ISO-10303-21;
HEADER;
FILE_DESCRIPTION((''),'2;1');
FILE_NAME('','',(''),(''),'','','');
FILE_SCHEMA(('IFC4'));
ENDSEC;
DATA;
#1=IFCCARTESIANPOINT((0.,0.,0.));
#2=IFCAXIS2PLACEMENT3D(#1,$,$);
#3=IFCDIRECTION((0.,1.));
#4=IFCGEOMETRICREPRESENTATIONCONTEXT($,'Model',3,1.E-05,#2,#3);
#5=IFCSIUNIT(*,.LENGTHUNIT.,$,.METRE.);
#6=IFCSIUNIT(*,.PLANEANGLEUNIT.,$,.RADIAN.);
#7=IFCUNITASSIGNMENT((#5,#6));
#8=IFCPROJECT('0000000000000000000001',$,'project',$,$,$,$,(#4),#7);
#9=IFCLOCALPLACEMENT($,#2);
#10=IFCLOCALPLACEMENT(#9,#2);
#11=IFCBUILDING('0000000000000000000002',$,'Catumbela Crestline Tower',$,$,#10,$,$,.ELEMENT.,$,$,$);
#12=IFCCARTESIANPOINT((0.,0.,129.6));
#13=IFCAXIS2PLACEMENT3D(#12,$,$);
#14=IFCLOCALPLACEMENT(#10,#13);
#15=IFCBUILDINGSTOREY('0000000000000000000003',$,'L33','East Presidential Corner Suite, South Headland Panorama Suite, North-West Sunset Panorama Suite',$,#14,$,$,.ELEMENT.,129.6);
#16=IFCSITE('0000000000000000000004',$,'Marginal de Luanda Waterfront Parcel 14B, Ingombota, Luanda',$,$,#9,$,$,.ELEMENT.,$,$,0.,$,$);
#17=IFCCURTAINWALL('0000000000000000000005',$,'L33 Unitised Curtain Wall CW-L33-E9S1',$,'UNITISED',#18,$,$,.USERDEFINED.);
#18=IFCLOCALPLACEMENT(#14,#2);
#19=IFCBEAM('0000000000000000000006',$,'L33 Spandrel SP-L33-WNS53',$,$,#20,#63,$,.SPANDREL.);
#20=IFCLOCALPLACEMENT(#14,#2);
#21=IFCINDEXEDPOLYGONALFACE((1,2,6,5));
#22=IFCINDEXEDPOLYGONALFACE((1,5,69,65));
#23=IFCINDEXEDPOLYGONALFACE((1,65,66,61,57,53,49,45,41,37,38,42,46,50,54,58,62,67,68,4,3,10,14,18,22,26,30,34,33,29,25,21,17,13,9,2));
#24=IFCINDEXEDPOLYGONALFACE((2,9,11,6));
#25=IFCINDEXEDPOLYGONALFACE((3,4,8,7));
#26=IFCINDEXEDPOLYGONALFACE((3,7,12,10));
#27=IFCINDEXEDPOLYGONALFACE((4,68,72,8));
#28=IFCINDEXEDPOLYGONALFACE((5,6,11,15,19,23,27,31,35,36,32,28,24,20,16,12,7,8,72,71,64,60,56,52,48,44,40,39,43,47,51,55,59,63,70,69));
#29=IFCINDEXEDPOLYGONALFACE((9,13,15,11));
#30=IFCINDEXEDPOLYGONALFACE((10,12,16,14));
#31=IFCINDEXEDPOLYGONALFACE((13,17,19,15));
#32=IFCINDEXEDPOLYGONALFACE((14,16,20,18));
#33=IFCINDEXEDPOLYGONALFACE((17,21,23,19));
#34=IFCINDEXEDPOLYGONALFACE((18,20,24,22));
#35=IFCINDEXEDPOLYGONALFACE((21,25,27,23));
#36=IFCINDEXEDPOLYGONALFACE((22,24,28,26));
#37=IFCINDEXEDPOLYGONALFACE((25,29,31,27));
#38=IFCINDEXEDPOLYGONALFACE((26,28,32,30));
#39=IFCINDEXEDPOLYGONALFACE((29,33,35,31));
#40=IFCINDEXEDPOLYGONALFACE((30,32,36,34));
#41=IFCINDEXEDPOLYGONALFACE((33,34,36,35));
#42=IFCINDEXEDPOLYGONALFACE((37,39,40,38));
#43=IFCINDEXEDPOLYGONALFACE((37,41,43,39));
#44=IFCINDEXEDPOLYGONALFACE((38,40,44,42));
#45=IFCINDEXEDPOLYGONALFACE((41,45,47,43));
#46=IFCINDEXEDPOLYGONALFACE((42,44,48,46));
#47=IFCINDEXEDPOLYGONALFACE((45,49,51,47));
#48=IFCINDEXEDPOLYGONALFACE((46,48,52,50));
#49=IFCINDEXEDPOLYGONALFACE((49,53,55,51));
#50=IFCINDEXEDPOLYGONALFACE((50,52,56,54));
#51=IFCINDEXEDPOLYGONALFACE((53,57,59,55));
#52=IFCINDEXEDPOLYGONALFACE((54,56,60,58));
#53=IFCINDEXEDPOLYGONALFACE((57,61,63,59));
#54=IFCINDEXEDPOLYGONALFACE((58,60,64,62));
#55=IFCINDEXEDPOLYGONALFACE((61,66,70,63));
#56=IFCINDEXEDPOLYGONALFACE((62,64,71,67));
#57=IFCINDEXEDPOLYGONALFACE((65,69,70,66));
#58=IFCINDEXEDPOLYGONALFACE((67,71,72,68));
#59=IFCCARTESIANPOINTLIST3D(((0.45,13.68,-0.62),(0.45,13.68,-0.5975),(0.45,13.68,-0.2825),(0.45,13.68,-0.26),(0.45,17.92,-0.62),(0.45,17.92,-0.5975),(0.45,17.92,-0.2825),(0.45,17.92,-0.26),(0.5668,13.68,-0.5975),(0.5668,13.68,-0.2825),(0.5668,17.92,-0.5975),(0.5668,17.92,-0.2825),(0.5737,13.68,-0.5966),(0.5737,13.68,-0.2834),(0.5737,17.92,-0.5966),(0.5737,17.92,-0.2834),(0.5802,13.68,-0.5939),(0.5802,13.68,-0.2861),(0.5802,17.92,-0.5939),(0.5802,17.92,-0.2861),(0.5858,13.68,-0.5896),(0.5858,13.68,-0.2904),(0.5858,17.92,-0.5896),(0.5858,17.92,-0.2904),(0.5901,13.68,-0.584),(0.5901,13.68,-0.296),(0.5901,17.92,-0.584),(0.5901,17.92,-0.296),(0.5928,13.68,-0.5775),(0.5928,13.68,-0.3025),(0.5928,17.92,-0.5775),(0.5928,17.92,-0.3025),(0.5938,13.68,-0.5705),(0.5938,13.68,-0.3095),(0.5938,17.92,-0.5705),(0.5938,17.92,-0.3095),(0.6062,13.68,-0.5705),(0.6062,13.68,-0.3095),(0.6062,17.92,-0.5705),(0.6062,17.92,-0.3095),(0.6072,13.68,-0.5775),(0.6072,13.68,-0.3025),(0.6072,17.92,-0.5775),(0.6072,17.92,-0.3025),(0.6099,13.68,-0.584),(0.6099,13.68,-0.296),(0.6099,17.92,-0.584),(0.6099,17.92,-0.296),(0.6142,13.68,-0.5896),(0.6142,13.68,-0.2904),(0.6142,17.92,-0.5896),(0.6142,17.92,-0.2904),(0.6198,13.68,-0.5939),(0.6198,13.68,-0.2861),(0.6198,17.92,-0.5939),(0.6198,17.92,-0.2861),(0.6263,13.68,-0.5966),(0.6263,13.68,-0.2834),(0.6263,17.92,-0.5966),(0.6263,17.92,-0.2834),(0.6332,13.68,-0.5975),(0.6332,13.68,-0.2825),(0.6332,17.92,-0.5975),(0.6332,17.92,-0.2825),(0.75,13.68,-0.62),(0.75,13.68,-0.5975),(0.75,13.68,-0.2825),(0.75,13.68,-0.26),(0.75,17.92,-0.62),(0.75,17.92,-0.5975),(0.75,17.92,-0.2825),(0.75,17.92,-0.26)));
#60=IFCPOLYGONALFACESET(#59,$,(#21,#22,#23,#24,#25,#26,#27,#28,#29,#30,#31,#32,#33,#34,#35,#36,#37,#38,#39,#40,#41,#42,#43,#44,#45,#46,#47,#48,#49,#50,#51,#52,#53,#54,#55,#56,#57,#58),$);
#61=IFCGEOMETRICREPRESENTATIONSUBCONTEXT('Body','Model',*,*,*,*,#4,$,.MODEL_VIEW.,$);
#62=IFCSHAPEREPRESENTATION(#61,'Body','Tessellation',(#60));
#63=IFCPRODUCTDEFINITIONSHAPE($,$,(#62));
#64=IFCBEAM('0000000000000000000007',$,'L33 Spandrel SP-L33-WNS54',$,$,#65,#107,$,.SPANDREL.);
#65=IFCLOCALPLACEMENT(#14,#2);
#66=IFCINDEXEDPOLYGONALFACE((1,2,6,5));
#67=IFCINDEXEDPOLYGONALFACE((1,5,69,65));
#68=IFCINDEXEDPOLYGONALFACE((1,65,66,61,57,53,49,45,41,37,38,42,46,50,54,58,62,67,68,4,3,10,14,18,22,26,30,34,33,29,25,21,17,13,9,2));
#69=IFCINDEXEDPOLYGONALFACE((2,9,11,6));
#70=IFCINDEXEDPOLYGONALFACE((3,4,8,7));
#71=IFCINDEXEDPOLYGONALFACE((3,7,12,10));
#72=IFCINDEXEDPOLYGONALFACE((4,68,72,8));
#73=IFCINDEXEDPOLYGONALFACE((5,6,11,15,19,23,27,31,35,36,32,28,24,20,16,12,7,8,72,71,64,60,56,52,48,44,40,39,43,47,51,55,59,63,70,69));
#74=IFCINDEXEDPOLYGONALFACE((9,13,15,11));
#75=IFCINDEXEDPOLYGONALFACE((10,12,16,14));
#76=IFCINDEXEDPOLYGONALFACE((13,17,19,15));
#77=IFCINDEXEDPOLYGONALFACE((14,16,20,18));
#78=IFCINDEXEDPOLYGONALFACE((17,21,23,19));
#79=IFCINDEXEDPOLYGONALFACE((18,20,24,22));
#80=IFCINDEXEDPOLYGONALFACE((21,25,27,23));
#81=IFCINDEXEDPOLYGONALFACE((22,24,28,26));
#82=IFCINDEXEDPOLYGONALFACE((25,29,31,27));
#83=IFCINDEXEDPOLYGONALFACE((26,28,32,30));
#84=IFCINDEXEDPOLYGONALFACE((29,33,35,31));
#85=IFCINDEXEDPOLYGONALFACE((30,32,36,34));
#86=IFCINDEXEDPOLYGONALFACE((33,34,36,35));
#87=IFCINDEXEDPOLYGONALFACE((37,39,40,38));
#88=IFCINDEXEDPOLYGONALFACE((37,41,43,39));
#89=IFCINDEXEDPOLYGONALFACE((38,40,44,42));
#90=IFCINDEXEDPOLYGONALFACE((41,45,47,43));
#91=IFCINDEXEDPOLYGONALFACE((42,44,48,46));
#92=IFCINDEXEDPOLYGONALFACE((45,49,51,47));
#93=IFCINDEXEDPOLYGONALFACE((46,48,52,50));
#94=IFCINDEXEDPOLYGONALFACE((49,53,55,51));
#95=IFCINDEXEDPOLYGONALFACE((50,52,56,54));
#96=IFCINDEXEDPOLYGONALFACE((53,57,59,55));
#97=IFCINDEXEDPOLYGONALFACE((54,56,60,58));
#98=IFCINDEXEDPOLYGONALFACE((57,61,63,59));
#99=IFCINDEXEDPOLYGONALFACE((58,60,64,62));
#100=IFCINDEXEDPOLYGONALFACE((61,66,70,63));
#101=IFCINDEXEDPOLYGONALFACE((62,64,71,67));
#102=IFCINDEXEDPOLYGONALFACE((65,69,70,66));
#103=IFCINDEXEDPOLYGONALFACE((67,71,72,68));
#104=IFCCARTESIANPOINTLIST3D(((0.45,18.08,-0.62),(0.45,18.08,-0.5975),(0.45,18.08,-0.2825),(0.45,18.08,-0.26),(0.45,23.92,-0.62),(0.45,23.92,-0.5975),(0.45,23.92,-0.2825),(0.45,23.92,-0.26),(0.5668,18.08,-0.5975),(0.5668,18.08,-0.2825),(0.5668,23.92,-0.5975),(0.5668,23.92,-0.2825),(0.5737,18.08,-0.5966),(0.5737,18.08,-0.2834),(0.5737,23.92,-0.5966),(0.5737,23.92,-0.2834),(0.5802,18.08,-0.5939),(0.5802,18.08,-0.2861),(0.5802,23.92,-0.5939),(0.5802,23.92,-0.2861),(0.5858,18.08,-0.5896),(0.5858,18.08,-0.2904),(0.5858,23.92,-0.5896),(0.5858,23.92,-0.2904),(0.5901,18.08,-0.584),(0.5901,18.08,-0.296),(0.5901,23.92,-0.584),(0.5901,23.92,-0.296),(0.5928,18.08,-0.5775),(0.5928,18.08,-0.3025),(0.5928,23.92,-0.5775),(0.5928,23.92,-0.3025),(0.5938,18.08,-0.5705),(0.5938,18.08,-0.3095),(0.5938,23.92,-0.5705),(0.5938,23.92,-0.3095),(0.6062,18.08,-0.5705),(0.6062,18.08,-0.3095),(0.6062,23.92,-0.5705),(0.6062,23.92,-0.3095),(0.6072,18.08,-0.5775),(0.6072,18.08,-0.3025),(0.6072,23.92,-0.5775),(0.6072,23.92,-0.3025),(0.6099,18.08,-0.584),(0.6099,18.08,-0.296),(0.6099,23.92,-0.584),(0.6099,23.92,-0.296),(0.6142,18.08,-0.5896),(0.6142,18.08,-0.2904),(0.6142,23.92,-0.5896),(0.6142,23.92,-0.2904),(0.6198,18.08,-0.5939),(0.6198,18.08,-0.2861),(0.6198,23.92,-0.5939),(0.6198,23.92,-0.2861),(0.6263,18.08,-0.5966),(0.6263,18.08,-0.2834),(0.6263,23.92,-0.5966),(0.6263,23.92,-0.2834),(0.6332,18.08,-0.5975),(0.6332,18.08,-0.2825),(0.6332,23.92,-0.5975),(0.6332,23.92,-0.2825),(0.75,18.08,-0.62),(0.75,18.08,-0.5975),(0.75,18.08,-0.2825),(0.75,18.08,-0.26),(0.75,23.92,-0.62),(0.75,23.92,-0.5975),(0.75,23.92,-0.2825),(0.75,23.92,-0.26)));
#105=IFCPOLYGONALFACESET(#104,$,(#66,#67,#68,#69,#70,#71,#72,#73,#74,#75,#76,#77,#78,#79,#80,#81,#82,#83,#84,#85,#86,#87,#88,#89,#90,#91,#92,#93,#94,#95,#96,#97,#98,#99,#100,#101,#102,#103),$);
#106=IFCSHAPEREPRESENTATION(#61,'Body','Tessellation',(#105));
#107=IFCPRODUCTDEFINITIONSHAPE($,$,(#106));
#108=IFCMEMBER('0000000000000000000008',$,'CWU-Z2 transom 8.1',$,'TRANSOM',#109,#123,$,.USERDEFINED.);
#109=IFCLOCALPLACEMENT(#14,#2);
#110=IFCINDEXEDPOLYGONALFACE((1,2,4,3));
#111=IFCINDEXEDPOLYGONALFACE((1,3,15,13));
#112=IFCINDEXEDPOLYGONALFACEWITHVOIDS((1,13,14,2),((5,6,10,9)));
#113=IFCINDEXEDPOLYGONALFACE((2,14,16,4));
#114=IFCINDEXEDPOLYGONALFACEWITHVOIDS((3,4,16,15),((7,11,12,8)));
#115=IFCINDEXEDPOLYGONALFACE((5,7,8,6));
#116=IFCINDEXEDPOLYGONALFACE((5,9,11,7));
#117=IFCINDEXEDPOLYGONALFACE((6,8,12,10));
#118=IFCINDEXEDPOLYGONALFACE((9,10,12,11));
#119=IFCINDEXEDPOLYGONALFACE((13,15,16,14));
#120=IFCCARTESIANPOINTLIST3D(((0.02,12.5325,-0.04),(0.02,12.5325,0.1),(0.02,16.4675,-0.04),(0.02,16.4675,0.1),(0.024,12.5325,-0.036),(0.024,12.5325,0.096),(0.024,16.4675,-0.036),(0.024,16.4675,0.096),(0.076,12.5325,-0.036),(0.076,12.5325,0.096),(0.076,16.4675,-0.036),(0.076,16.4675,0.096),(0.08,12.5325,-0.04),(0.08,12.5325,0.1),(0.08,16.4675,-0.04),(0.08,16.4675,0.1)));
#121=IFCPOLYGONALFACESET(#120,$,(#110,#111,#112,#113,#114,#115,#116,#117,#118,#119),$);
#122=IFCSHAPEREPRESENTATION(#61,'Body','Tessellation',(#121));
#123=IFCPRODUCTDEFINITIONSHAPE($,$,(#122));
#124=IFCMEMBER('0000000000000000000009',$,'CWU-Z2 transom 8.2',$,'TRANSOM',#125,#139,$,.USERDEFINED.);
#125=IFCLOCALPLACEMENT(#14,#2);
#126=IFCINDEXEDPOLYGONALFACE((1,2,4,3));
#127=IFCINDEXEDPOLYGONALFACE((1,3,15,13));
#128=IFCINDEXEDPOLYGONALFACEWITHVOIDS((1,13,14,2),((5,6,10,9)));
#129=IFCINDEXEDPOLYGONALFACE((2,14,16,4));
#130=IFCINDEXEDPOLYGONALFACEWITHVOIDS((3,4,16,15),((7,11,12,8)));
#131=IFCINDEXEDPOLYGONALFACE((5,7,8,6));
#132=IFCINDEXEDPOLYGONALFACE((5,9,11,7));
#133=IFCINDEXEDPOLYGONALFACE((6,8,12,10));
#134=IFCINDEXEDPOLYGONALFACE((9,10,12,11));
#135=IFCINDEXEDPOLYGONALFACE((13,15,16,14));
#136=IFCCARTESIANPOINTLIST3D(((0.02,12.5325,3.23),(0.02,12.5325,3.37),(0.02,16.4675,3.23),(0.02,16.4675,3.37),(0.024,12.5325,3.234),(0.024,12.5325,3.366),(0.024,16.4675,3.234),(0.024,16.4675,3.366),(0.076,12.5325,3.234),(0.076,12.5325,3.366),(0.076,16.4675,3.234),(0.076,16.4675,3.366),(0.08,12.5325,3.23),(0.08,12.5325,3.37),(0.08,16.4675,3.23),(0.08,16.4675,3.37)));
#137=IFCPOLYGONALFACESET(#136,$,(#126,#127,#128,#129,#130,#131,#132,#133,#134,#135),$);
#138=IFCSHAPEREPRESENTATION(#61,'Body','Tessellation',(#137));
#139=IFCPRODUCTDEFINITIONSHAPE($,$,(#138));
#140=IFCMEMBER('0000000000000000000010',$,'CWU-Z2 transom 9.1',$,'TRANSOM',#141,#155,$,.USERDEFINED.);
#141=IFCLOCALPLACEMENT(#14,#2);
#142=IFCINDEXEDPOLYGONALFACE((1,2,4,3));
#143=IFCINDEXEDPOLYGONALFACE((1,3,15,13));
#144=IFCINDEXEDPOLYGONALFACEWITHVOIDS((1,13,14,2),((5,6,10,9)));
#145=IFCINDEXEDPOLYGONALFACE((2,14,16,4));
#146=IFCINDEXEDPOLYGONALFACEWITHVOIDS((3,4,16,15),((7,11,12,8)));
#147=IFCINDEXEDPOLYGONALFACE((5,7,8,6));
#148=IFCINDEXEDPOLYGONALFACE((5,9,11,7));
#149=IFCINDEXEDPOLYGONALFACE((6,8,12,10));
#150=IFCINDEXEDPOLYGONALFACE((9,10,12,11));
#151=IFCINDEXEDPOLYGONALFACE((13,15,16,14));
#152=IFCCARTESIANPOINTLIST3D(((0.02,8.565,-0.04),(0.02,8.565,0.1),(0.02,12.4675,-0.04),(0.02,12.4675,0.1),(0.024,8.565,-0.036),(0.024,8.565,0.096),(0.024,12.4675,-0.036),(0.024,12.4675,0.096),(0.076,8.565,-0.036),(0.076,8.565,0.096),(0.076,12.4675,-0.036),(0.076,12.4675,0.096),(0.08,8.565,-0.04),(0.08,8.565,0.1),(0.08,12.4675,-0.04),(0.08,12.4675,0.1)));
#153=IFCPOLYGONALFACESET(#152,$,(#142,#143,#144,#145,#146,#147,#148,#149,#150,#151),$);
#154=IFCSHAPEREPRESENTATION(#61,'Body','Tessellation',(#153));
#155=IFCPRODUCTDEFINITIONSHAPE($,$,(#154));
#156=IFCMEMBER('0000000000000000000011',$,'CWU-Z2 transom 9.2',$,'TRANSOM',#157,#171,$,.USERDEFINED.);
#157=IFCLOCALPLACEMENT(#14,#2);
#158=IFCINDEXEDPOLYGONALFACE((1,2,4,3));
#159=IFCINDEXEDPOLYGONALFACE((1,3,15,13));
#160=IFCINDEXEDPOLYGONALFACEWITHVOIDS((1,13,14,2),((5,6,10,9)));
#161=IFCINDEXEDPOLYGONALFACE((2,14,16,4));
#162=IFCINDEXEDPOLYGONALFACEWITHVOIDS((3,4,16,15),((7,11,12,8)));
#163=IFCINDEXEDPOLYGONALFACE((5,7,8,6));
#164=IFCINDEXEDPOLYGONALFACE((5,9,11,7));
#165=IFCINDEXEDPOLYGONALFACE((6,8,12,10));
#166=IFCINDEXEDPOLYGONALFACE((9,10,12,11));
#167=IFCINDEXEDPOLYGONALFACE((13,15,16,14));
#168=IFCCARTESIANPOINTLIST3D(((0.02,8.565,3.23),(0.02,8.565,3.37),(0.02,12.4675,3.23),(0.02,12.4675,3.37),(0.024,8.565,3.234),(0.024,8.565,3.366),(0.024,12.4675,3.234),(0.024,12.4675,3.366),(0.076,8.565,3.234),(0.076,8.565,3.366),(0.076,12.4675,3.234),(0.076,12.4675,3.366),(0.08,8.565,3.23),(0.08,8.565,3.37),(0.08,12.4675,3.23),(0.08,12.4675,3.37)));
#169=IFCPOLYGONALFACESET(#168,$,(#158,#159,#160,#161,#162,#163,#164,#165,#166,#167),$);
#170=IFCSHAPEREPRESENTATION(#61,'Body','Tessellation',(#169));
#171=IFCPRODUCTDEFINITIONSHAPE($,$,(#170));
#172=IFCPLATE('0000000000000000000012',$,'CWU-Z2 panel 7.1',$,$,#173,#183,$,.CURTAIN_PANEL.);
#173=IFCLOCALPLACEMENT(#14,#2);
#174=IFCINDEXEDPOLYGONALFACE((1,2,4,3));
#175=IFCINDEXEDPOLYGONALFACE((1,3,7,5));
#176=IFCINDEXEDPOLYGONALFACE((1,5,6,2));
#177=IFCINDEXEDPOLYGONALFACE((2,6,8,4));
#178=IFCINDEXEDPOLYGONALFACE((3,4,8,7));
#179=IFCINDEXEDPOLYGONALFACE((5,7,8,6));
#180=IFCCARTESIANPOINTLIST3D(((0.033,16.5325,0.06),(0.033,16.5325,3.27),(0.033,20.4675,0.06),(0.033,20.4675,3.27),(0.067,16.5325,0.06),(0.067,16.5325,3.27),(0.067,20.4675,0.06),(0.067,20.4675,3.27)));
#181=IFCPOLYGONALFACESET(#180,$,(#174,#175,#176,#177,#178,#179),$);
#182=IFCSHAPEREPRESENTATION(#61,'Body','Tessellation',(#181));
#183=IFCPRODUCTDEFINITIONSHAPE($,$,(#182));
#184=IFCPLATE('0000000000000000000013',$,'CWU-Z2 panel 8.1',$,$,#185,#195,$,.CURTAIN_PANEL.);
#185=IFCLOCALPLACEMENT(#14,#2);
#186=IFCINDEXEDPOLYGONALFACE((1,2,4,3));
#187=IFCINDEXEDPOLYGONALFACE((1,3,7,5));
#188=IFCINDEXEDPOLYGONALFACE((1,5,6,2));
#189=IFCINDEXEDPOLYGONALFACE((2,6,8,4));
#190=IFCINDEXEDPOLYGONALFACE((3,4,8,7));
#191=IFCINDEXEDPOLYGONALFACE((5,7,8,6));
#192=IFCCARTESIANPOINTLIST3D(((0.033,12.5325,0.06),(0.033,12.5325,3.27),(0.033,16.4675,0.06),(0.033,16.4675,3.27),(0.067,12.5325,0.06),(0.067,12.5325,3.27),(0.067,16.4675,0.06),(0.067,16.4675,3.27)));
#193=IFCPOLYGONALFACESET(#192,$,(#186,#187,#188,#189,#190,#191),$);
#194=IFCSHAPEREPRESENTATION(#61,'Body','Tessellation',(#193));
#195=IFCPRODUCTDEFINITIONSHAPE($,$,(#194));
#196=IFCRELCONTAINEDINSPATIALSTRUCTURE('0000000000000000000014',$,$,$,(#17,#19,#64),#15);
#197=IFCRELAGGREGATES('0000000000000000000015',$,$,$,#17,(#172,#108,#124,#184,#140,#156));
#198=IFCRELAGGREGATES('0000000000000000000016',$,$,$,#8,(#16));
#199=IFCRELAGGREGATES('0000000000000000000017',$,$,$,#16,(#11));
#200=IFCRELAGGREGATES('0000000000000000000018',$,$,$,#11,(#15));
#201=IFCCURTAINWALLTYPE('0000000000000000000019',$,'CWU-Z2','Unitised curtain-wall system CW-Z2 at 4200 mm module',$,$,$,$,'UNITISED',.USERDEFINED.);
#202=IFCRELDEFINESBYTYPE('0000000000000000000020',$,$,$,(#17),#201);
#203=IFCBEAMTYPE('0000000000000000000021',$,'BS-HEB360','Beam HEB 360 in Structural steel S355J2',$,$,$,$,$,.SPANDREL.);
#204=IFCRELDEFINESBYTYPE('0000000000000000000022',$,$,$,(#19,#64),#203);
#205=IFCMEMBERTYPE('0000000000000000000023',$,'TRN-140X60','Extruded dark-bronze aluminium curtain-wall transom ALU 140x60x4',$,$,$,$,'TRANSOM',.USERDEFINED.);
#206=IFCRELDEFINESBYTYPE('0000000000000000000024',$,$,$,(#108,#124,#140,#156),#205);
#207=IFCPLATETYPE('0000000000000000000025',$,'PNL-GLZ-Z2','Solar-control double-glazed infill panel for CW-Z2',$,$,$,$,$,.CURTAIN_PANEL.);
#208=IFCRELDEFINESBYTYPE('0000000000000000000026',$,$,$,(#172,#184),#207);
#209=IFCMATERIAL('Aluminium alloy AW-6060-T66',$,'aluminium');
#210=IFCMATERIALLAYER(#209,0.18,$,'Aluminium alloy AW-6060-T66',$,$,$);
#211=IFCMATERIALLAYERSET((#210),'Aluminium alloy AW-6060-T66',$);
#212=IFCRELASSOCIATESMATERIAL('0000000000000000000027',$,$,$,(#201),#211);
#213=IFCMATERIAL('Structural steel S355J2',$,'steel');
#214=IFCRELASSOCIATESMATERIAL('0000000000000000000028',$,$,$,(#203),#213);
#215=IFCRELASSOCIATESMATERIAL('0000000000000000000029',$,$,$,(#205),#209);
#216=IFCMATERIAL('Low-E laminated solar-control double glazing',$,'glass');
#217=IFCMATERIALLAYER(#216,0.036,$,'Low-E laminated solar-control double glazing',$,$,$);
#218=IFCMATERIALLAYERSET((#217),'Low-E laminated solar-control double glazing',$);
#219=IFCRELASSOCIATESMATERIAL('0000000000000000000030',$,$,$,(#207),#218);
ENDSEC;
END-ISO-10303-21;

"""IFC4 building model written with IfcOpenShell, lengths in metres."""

from ifc_helpers import new_model, si_unit, direction, frame, origin, origin_2d, place, context, subcontext, project, spatial, rectangle, hollow_rectangle, i_section, extrude, material, layer, layer_set, material_profile, profile_set, type_object, element, aggregate, save


model = new_model("IFC4")

# Units and contexts
model_context = context("Model", 3, precision=1e-05, world=origin(), true_north=direction((0.0, 1.0)))
body_context = subcontext(model_context, "Body", "Model", "MODEL_VIEW")
ifc_project = project(units=[si_unit("LENGTHUNIT", "METRE"), si_unit("PLANEANGLEUNIT", "RADIAN")], contexts=[model_context])

# Site, building, storey
site_placement = place(None, origin())
site = spatial("IfcSite", under=ifc_project, at=site_placement, Name="Marginal de Luanda Waterfront Parcel 14B, Ingombota, Luanda", CompositionType="ELEMENT", RefElevation=0.0)
building_placement = place(site_placement, origin())
building = spatial("IfcBuilding", under=site, at=building_placement, Name="Catumbela Crestline Tower", CompositionType="ELEMENT")
storey_placement = place(building_placement, frame((0.0, 0.0, 129.6)))
storey = spatial("IfcBuildingStorey", under=building, at=storey_placement, Name="L33", Description="East Presidential Corner Suite, South Headland Panorama Suite, North-West Sunset Panorama Suite", CompositionType="ELEMENT", Elevation=129.6)

# Shared definitions
ifc_material_1 = material(Name="Structural steel S355J2", Category="steel")

# Curtain wall
ifc_material_2 = material(Name="Aluminium alloy AW-6060-T66", Category="aluminium")
ifc_layer_1 = layer(ifc_material_2, 0.18, Name="Aluminium alloy AW-6060-T66")
ifc_layer_set_1 = layer_set([ifc_layer_1], Name="Aluminium alloy AW-6060-T66")
curtain_wall_type = type_object("IfcCurtainWallType", Name="CWU-Z2", Description="Unitised curtain-wall system CW-Z2 at 4200 mm module", ElementType="UNITISED", PredefinedType="USERDEFINED", material=ifc_layer_set_1)
curtain_wall_placement = place(storey_placement, origin())
curtain_wall = element("IfcCurtainWall", 1, at=curtain_wall_placement, inside=storey, type_object=curtain_wall_type, Name="L33 Unitised Curtain Wall CW-L33-E9S1", ObjectType="UNITISED", PredefinedType="USERDEFINED")

# Beams
ifc_material_profile_1 = material_profile(ifc_material_1, i_section(OverallWidth=0.3, OverallDepth=0.36, WebThickness=0.0125, FlangeThickness=0.0225, FilletRadius=0.027, at=origin_2d()), Name="HEB 360")
ifc_profile_set_1 = profile_set([ifc_material_profile_1], Name="Structural steel S355J2")
beam_type_1 = type_object("IfcBeamType", Name="BS-HEB360", Description="Beam HEB 360 in Structural steel S355J2", PredefinedType="SPANDREL", material=ifc_profile_set_1)
beam_1_placement = place(storey_placement, frame((0.6, 13.68, -0.44), z_axis=(0.0, 1.0, 0.0), x_axis=(-1.0, 0.0, 0.0)))
element("IfcBeam", 2, at=beam_1_placement, inside=storey, type_object=beam_type_1, Name="L33 Spandrel SP-L33-WNS53", PredefinedType="SPANDREL", context=body_context, shape_type="SweptSolid", body=[
    extrude(i_section(OverallWidth=0.3, OverallDepth=0.36, WebThickness=0.0125, FlangeThickness=0.0225, FilletRadius=0.027, at=origin_2d()), origin(), (0.0, 0.0, 1.0), 4.24),
])
beam_2_placement = place(storey_placement, frame((0.6, 18.08, -0.44), z_axis=(0.0, 1.0, 0.0), x_axis=(-1.0, 0.0, 0.0)))
element("IfcBeam", 3, at=beam_2_placement, inside=storey, type_object=beam_type_1, Name="L33 Spandrel SP-L33-WNS54", PredefinedType="SPANDREL", context=body_context, shape_type="SweptSolid", body=[
    extrude(i_section(OverallWidth=0.3, OverallDepth=0.36, WebThickness=0.0125, FlangeThickness=0.0225, FilletRadius=0.027, at=origin_2d()), origin(), (0.0, 0.0, 1.0), 5.84),
])

# Members
ifc_material_profile_2 = material_profile(ifc_material_2, hollow_rectangle(XDim=0.06, YDim=0.14, WallThickness=0.004, at=origin_2d()), Name="ALU 140x60x4")
ifc_profile_set_2 = profile_set([ifc_material_profile_2], Name="Aluminium alloy AW-6060-T66")
member_type_1 = type_object("IfcMemberType", Name="TRN-140X60", Description="Extruded dark-bronze aluminium curtain-wall transom ALU 140x60x4", ElementType="TRANSOM", PredefinedType="USERDEFINED", material=ifc_profile_set_2)
member_1_placement = place(storey_placement, frame((0.05, 16.4675, 0.03), z_axis=(0.0, -1.0, 0.0), x_axis=(1.0, 0.0, 0.0)))
member_1 = element("IfcMember", 4, at=member_1_placement, type_object=member_type_1, Name="CWU-Z2 transom 8.1", ObjectType="TRANSOM", PredefinedType="USERDEFINED", context=body_context, shape_type="SweptSolid", body=[
    extrude(hollow_rectangle(XDim=0.06, YDim=0.14, WallThickness=0.004, at=origin_2d()), origin(), (0.0, 0.0, 1.0), 3.935),
])
member_2_placement = place(storey_placement, frame((0.05, 16.4675, 3.3), z_axis=(0.0, -1.0, 0.0), x_axis=(1.0, 0.0, 0.0)))
member_2 = element("IfcMember", 5, at=member_2_placement, type_object=member_type_1, Name="CWU-Z2 transom 8.2", ObjectType="TRANSOM", PredefinedType="USERDEFINED", context=body_context, shape_type="SweptSolid", body=[
    extrude(hollow_rectangle(XDim=0.06, YDim=0.14, WallThickness=0.004, at=origin_2d()), origin(), (0.0, 0.0, 1.0), 3.935),
])
member_3_placement = place(storey_placement, frame((0.05, 12.4675, 0.03), z_axis=(0.0, -1.0, 0.0), x_axis=(1.0, 0.0, 0.0)))
member_3 = element("IfcMember", 6, at=member_3_placement, type_object=member_type_1, Name="CWU-Z2 transom 9.1", ObjectType="TRANSOM", PredefinedType="USERDEFINED", context=body_context, shape_type="SweptSolid", body=[
    extrude(hollow_rectangle(XDim=0.06, YDim=0.14, WallThickness=0.004, at=origin_2d()), origin(), (0.0, 0.0, 1.0), 3.9025),
])
member_4_placement = place(storey_placement, frame((0.05, 12.4675, 3.3), z_axis=(0.0, -1.0, 0.0), x_axis=(1.0, 0.0, 0.0)))
member_4 = element("IfcMember", 7, at=member_4_placement, type_object=member_type_1, Name="CWU-Z2 transom 9.2", ObjectType="TRANSOM", PredefinedType="USERDEFINED", context=body_context, shape_type="SweptSolid", body=[
    extrude(hollow_rectangle(XDim=0.06, YDim=0.14, WallThickness=0.004, at=origin_2d()), origin(), (0.0, 0.0, 1.0), 3.9025),
])

# Plates
ifc_material_3 = material(Name="Low-E laminated solar-control double glazing", Category="glass")
ifc_layer_2 = layer(ifc_material_3, 0.036, Name="Low-E laminated solar-control double glazing")
ifc_layer_set_2 = layer_set([ifc_layer_2], Name="Low-E laminated solar-control double glazing")
plate_type = type_object("IfcPlateType", Name="PNL-GLZ-Z2", Description="Solar-control double-glazed infill panel for CW-Z2", PredefinedType="CURTAIN_PANEL", material=ifc_layer_set_2)
plate_1_placement = place(storey_placement, frame((0.05, 18.5, 0.06), z_axis=(0.0, 0.0, 1.0), x_axis=(0.0, -1.0, 0.0)))
plate_1 = element("IfcPlate", 8, at=plate_1_placement, type_object=plate_type, Name="CWU-Z2 panel 7.1", PredefinedType="CURTAIN_PANEL", context=body_context, shape_type="SweptSolid", body=[
    extrude(rectangle(XDim=3.935, YDim=0.034, at=origin_2d()), origin(), (0.0, 0.0, 1.0), 3.21),
])
plate_2_placement = place(storey_placement, frame((0.05, 14.5, 0.06), z_axis=(0.0, 0.0, 1.0), x_axis=(0.0, -1.0, 0.0)))
plate_2 = element("IfcPlate", 9, at=plate_2_placement, type_object=plate_type, Name="CWU-Z2 panel 8.1", PredefinedType="CURTAIN_PANEL", context=body_context, shape_type="SweptSolid", body=[
    extrude(rectangle(XDim=3.935, YDim=0.034, at=origin_2d()), origin(), (0.0, 0.0, 1.0), 3.21),
])
aggregate(curtain_wall, [plate_1, member_1, member_2, plate_2, member_3, member_4])

save(model, "model.ifc")
